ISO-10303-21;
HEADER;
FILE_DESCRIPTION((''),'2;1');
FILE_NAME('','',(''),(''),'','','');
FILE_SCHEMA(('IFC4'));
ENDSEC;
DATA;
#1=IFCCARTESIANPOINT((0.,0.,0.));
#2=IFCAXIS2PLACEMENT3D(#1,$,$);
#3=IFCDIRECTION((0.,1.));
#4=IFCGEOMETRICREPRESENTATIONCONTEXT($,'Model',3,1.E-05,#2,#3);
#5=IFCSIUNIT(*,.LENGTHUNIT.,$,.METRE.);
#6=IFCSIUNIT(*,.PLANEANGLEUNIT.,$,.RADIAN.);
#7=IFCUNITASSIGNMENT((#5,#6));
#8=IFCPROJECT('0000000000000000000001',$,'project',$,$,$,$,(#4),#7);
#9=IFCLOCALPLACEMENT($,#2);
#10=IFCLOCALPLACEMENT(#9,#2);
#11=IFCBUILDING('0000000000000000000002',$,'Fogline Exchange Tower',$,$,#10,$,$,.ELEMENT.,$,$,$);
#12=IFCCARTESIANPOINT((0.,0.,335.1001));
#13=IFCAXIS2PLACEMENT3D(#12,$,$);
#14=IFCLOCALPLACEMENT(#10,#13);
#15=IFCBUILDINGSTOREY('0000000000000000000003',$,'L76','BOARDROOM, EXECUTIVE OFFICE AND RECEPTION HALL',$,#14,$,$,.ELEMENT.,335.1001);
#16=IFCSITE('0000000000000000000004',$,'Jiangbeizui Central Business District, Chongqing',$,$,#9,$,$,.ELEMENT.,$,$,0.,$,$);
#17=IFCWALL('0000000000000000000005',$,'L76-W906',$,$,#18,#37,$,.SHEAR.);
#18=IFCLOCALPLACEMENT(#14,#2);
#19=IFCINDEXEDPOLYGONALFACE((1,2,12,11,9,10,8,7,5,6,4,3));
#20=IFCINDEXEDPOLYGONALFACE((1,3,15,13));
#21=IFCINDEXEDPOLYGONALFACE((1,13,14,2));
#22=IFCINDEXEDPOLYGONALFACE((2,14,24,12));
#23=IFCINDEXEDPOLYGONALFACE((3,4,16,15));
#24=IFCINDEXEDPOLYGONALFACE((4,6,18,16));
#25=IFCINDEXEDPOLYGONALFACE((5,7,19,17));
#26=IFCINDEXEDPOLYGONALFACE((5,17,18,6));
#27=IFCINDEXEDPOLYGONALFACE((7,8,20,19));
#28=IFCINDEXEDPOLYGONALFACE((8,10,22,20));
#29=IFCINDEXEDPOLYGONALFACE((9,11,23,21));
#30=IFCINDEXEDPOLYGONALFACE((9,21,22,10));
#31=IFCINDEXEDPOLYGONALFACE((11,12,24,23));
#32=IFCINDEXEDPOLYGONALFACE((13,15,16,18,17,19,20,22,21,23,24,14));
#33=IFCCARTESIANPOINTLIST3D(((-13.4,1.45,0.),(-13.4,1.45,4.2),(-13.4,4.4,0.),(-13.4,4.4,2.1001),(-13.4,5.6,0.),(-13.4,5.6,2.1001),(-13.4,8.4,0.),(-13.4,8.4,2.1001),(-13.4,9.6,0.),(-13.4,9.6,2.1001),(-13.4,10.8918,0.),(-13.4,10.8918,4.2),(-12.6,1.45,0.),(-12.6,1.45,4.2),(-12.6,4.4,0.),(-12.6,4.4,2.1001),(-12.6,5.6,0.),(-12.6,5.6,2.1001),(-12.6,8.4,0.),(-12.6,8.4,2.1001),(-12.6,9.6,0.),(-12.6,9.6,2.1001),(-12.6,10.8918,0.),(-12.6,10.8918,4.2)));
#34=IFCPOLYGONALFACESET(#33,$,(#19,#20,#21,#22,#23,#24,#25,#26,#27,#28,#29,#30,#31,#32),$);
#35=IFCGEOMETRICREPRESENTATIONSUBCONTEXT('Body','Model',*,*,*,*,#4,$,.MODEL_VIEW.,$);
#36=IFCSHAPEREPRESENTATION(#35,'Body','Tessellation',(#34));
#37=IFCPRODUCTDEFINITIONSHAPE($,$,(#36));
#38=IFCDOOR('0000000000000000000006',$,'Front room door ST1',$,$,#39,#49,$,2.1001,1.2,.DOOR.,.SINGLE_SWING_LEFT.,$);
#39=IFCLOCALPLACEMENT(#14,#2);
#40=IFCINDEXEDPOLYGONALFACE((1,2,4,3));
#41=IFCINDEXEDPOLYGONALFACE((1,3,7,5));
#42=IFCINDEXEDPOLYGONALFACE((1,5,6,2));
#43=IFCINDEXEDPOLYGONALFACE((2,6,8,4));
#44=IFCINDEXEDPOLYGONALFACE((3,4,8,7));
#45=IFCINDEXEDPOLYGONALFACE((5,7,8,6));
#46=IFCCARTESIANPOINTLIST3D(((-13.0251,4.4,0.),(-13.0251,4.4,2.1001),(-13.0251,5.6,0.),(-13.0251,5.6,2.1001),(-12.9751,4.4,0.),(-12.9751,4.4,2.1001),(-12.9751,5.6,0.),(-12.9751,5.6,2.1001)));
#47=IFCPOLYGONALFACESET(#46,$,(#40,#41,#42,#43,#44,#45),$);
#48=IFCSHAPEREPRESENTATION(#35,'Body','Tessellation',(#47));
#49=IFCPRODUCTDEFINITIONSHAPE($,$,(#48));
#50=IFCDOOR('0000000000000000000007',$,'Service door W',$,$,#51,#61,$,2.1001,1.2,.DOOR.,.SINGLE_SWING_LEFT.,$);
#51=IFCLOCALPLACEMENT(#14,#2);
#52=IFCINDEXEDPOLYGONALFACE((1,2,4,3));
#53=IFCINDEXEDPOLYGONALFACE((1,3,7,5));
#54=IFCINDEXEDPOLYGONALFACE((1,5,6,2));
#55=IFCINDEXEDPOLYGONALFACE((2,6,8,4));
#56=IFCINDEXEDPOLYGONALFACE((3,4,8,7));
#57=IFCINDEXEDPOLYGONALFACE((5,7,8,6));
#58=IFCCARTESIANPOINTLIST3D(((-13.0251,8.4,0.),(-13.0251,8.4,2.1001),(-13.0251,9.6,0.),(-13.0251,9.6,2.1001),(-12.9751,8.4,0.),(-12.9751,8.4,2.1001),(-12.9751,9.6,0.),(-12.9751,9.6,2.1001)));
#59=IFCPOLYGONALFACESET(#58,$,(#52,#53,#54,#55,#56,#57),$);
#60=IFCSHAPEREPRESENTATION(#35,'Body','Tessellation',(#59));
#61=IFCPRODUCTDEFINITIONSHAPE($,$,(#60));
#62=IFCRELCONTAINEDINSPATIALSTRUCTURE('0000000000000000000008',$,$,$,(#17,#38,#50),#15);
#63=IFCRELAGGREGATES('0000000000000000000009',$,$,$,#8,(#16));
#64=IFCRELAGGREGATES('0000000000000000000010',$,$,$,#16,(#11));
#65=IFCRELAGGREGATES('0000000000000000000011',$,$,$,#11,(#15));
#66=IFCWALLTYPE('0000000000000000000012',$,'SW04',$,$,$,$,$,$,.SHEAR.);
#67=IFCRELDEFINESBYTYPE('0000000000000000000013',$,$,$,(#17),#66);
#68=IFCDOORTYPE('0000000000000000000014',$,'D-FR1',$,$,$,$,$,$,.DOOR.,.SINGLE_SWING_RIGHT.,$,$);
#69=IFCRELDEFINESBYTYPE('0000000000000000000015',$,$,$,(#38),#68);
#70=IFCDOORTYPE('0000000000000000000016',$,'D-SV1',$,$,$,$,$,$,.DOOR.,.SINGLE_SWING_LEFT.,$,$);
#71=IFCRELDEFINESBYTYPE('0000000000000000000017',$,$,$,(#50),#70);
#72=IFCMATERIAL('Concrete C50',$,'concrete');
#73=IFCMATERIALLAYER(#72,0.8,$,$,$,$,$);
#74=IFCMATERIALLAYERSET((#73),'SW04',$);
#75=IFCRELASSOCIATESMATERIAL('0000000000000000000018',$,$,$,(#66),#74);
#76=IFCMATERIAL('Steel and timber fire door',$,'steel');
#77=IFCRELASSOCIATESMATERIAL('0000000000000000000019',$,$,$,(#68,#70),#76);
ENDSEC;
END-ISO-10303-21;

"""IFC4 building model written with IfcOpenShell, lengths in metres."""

from ifc_helpers import new_model, si_unit, direction, frame, frame_2d, origin, place, context, subcontext, project, spatial, rectangle, extrude, material, layer, layer_set, type_object, element, fill, save


model = new_model("IFC4")

# Units and contexts
model_context = context("Model", 3, precision=1e-05, world=origin(), true_north=direction((0.0, 1.0)))
body_context = subcontext(model_context, "Body", "Model", "MODEL_VIEW")
ifc_project = project(units=[si_unit("LENGTHUNIT", "METRE"), si_unit("PLANEANGLEUNIT", "RADIAN")], contexts=[model_context])

# Site, building, storey
site_placement = place(None, origin())
site = spatial("IfcSite", under=ifc_project, at=site_placement, Name="Jiangbeizui Central Business District, Chongqing", CompositionType="ELEMENT", RefElevation=0.0)
building_placement = place(site_placement, origin())
building = spatial("IfcBuilding", under=site, at=building_placement, Name="Fogline Exchange Tower", CompositionType="ELEMENT")
storey_placement = place(building_placement, frame((0.0, 0.0, 335.1001)))
storey = spatial("IfcBuildingStorey", under=building, at=storey_placement, Name="L76", Description="BOARDROOM, EXECUTIVE OFFICE AND RECEPTION HALL", CompositionType="ELEMENT", Elevation=335.1001)

# Wall, openings, doors
ifc_material_1 = material(Name="Concrete C50", Category="concrete")
ifc_layer_1 = layer(ifc_material_1, 0.8)
ifc_layer_set_1 = layer_set([ifc_layer_1], Name="SW04")
wall_type_1 = type_object("IfcWallType", Name="SW04", PredefinedType="SHEAR", material=ifc_layer_set_1)
wall_1_placement = place(storey_placement, frame((-13.0, 10.8918, 0.0), z_axis=(0.0, 0.0, 1.0), x_axis=(0.0, -1.0, 0.0)))
wall_1 = element("IfcWall", 1, at=wall_1_placement, inside=storey, type_object=wall_type_1, Name="L76-W906", PredefinedType="SHEAR", context=body_context, shape_type="SweptSolid", body=[
    extrude(rectangle(XDim=9.4419, YDim=0.8, at=frame_2d((4.7209, 0.0))), origin(), (0.0, 0.0, 1.0), 4.2),
])
opening_1_placement = place(wall_1_placement, frame((5.2917, 0.0, 0.0)))
opening_1 = element("IfcOpeningElement", 2, at=opening_1_placement, cuts=wall_1, PredefinedType="OPENING", context=body_context, shape_type="SweptSolid", body=[
    extrude(rectangle(XDim=1.2, YDim=2.1001, at=frame_2d((0.6001, 1.05))), frame((0.0, 0.4102, 0.0), z_axis=(0.0, -1.0, 0.0), x_axis=(1.0, 0.0, 0.0)), (0.0, 0.0, 1.0), 0.8201),
])
opening_2_placement = place(wall_1_placement, frame((1.2917, 0.0, 0.0)))
opening_2 = element("IfcOpeningElement", 3, at=opening_2_placement, cuts=wall_1, PredefinedType="OPENING", context=body_context, shape_type="SweptSolid", body=[
    extrude(rectangle(XDim=1.2, YDim=2.1001, at=frame_2d((0.6001, 1.05))), frame((0.0, 0.4102, 0.0), z_axis=(0.0, -1.0, 0.0), x_axis=(1.0, 0.0, 0.0)), (0.0, 0.0, 1.0), 0.8201),
])
ifc_material_2 = material(Name="Steel and timber fire door", Category="steel")
door_type_1 = type_object("IfcDoorType", Name="D-FR1", OperationType="SINGLE_SWING_RIGHT", PredefinedType="DOOR", material=ifc_material_2)
door_1_placement = place(opening_1_placement, origin())
door_1 = element("IfcDoor", 4, at=door_1_placement, inside=storey, type_object=door_type_1, Name="Front room door ST1", OperationType="SINGLE_SWING_LEFT", OverallHeight=2.1001, OverallWidth=1.2, PredefinedType="DOOR", context=body_context, shape_type="SweptSolid", body=[
    extrude(rectangle(XDim=1.2, YDim=2.1001, at=frame_2d((0.6001, 1.05))), frame((0.0, 0.0249, 0.0), z_axis=(0.0, -1.0, 0.0), x_axis=(1.0, 0.0, 0.0)), (0.0, 0.0, 1.0), 0.05),
])
fill(opening_1, door_1)
door_type_2 = type_object("IfcDoorType", Name="D-SV1", OperationType="SINGLE_SWING_LEFT", PredefinedType="DOOR", material=ifc_material_2)
door_2_placement = place(opening_2_placement, origin())
door_2 = element("IfcDoor", 5, at=door_2_placement, inside=storey, type_object=door_type_2, Name="Service door W", OperationType="SINGLE_SWING_LEFT", OverallHeight=2.1001, OverallWidth=1.2, PredefinedType="DOOR", context=body_context, shape_type="SweptSolid", body=[
    extrude(rectangle(XDim=1.2, YDim=2.1001, at=frame_2d((0.6001, 1.05))), frame((0.0, 0.0249, 0.0), z_axis=(0.0, -1.0, 0.0), x_axis=(1.0, 0.0, 0.0)), (0.0, 0.0, 1.0), 0.05),
])
fill(opening_2, door_2)

save(model, "model.ifc")
